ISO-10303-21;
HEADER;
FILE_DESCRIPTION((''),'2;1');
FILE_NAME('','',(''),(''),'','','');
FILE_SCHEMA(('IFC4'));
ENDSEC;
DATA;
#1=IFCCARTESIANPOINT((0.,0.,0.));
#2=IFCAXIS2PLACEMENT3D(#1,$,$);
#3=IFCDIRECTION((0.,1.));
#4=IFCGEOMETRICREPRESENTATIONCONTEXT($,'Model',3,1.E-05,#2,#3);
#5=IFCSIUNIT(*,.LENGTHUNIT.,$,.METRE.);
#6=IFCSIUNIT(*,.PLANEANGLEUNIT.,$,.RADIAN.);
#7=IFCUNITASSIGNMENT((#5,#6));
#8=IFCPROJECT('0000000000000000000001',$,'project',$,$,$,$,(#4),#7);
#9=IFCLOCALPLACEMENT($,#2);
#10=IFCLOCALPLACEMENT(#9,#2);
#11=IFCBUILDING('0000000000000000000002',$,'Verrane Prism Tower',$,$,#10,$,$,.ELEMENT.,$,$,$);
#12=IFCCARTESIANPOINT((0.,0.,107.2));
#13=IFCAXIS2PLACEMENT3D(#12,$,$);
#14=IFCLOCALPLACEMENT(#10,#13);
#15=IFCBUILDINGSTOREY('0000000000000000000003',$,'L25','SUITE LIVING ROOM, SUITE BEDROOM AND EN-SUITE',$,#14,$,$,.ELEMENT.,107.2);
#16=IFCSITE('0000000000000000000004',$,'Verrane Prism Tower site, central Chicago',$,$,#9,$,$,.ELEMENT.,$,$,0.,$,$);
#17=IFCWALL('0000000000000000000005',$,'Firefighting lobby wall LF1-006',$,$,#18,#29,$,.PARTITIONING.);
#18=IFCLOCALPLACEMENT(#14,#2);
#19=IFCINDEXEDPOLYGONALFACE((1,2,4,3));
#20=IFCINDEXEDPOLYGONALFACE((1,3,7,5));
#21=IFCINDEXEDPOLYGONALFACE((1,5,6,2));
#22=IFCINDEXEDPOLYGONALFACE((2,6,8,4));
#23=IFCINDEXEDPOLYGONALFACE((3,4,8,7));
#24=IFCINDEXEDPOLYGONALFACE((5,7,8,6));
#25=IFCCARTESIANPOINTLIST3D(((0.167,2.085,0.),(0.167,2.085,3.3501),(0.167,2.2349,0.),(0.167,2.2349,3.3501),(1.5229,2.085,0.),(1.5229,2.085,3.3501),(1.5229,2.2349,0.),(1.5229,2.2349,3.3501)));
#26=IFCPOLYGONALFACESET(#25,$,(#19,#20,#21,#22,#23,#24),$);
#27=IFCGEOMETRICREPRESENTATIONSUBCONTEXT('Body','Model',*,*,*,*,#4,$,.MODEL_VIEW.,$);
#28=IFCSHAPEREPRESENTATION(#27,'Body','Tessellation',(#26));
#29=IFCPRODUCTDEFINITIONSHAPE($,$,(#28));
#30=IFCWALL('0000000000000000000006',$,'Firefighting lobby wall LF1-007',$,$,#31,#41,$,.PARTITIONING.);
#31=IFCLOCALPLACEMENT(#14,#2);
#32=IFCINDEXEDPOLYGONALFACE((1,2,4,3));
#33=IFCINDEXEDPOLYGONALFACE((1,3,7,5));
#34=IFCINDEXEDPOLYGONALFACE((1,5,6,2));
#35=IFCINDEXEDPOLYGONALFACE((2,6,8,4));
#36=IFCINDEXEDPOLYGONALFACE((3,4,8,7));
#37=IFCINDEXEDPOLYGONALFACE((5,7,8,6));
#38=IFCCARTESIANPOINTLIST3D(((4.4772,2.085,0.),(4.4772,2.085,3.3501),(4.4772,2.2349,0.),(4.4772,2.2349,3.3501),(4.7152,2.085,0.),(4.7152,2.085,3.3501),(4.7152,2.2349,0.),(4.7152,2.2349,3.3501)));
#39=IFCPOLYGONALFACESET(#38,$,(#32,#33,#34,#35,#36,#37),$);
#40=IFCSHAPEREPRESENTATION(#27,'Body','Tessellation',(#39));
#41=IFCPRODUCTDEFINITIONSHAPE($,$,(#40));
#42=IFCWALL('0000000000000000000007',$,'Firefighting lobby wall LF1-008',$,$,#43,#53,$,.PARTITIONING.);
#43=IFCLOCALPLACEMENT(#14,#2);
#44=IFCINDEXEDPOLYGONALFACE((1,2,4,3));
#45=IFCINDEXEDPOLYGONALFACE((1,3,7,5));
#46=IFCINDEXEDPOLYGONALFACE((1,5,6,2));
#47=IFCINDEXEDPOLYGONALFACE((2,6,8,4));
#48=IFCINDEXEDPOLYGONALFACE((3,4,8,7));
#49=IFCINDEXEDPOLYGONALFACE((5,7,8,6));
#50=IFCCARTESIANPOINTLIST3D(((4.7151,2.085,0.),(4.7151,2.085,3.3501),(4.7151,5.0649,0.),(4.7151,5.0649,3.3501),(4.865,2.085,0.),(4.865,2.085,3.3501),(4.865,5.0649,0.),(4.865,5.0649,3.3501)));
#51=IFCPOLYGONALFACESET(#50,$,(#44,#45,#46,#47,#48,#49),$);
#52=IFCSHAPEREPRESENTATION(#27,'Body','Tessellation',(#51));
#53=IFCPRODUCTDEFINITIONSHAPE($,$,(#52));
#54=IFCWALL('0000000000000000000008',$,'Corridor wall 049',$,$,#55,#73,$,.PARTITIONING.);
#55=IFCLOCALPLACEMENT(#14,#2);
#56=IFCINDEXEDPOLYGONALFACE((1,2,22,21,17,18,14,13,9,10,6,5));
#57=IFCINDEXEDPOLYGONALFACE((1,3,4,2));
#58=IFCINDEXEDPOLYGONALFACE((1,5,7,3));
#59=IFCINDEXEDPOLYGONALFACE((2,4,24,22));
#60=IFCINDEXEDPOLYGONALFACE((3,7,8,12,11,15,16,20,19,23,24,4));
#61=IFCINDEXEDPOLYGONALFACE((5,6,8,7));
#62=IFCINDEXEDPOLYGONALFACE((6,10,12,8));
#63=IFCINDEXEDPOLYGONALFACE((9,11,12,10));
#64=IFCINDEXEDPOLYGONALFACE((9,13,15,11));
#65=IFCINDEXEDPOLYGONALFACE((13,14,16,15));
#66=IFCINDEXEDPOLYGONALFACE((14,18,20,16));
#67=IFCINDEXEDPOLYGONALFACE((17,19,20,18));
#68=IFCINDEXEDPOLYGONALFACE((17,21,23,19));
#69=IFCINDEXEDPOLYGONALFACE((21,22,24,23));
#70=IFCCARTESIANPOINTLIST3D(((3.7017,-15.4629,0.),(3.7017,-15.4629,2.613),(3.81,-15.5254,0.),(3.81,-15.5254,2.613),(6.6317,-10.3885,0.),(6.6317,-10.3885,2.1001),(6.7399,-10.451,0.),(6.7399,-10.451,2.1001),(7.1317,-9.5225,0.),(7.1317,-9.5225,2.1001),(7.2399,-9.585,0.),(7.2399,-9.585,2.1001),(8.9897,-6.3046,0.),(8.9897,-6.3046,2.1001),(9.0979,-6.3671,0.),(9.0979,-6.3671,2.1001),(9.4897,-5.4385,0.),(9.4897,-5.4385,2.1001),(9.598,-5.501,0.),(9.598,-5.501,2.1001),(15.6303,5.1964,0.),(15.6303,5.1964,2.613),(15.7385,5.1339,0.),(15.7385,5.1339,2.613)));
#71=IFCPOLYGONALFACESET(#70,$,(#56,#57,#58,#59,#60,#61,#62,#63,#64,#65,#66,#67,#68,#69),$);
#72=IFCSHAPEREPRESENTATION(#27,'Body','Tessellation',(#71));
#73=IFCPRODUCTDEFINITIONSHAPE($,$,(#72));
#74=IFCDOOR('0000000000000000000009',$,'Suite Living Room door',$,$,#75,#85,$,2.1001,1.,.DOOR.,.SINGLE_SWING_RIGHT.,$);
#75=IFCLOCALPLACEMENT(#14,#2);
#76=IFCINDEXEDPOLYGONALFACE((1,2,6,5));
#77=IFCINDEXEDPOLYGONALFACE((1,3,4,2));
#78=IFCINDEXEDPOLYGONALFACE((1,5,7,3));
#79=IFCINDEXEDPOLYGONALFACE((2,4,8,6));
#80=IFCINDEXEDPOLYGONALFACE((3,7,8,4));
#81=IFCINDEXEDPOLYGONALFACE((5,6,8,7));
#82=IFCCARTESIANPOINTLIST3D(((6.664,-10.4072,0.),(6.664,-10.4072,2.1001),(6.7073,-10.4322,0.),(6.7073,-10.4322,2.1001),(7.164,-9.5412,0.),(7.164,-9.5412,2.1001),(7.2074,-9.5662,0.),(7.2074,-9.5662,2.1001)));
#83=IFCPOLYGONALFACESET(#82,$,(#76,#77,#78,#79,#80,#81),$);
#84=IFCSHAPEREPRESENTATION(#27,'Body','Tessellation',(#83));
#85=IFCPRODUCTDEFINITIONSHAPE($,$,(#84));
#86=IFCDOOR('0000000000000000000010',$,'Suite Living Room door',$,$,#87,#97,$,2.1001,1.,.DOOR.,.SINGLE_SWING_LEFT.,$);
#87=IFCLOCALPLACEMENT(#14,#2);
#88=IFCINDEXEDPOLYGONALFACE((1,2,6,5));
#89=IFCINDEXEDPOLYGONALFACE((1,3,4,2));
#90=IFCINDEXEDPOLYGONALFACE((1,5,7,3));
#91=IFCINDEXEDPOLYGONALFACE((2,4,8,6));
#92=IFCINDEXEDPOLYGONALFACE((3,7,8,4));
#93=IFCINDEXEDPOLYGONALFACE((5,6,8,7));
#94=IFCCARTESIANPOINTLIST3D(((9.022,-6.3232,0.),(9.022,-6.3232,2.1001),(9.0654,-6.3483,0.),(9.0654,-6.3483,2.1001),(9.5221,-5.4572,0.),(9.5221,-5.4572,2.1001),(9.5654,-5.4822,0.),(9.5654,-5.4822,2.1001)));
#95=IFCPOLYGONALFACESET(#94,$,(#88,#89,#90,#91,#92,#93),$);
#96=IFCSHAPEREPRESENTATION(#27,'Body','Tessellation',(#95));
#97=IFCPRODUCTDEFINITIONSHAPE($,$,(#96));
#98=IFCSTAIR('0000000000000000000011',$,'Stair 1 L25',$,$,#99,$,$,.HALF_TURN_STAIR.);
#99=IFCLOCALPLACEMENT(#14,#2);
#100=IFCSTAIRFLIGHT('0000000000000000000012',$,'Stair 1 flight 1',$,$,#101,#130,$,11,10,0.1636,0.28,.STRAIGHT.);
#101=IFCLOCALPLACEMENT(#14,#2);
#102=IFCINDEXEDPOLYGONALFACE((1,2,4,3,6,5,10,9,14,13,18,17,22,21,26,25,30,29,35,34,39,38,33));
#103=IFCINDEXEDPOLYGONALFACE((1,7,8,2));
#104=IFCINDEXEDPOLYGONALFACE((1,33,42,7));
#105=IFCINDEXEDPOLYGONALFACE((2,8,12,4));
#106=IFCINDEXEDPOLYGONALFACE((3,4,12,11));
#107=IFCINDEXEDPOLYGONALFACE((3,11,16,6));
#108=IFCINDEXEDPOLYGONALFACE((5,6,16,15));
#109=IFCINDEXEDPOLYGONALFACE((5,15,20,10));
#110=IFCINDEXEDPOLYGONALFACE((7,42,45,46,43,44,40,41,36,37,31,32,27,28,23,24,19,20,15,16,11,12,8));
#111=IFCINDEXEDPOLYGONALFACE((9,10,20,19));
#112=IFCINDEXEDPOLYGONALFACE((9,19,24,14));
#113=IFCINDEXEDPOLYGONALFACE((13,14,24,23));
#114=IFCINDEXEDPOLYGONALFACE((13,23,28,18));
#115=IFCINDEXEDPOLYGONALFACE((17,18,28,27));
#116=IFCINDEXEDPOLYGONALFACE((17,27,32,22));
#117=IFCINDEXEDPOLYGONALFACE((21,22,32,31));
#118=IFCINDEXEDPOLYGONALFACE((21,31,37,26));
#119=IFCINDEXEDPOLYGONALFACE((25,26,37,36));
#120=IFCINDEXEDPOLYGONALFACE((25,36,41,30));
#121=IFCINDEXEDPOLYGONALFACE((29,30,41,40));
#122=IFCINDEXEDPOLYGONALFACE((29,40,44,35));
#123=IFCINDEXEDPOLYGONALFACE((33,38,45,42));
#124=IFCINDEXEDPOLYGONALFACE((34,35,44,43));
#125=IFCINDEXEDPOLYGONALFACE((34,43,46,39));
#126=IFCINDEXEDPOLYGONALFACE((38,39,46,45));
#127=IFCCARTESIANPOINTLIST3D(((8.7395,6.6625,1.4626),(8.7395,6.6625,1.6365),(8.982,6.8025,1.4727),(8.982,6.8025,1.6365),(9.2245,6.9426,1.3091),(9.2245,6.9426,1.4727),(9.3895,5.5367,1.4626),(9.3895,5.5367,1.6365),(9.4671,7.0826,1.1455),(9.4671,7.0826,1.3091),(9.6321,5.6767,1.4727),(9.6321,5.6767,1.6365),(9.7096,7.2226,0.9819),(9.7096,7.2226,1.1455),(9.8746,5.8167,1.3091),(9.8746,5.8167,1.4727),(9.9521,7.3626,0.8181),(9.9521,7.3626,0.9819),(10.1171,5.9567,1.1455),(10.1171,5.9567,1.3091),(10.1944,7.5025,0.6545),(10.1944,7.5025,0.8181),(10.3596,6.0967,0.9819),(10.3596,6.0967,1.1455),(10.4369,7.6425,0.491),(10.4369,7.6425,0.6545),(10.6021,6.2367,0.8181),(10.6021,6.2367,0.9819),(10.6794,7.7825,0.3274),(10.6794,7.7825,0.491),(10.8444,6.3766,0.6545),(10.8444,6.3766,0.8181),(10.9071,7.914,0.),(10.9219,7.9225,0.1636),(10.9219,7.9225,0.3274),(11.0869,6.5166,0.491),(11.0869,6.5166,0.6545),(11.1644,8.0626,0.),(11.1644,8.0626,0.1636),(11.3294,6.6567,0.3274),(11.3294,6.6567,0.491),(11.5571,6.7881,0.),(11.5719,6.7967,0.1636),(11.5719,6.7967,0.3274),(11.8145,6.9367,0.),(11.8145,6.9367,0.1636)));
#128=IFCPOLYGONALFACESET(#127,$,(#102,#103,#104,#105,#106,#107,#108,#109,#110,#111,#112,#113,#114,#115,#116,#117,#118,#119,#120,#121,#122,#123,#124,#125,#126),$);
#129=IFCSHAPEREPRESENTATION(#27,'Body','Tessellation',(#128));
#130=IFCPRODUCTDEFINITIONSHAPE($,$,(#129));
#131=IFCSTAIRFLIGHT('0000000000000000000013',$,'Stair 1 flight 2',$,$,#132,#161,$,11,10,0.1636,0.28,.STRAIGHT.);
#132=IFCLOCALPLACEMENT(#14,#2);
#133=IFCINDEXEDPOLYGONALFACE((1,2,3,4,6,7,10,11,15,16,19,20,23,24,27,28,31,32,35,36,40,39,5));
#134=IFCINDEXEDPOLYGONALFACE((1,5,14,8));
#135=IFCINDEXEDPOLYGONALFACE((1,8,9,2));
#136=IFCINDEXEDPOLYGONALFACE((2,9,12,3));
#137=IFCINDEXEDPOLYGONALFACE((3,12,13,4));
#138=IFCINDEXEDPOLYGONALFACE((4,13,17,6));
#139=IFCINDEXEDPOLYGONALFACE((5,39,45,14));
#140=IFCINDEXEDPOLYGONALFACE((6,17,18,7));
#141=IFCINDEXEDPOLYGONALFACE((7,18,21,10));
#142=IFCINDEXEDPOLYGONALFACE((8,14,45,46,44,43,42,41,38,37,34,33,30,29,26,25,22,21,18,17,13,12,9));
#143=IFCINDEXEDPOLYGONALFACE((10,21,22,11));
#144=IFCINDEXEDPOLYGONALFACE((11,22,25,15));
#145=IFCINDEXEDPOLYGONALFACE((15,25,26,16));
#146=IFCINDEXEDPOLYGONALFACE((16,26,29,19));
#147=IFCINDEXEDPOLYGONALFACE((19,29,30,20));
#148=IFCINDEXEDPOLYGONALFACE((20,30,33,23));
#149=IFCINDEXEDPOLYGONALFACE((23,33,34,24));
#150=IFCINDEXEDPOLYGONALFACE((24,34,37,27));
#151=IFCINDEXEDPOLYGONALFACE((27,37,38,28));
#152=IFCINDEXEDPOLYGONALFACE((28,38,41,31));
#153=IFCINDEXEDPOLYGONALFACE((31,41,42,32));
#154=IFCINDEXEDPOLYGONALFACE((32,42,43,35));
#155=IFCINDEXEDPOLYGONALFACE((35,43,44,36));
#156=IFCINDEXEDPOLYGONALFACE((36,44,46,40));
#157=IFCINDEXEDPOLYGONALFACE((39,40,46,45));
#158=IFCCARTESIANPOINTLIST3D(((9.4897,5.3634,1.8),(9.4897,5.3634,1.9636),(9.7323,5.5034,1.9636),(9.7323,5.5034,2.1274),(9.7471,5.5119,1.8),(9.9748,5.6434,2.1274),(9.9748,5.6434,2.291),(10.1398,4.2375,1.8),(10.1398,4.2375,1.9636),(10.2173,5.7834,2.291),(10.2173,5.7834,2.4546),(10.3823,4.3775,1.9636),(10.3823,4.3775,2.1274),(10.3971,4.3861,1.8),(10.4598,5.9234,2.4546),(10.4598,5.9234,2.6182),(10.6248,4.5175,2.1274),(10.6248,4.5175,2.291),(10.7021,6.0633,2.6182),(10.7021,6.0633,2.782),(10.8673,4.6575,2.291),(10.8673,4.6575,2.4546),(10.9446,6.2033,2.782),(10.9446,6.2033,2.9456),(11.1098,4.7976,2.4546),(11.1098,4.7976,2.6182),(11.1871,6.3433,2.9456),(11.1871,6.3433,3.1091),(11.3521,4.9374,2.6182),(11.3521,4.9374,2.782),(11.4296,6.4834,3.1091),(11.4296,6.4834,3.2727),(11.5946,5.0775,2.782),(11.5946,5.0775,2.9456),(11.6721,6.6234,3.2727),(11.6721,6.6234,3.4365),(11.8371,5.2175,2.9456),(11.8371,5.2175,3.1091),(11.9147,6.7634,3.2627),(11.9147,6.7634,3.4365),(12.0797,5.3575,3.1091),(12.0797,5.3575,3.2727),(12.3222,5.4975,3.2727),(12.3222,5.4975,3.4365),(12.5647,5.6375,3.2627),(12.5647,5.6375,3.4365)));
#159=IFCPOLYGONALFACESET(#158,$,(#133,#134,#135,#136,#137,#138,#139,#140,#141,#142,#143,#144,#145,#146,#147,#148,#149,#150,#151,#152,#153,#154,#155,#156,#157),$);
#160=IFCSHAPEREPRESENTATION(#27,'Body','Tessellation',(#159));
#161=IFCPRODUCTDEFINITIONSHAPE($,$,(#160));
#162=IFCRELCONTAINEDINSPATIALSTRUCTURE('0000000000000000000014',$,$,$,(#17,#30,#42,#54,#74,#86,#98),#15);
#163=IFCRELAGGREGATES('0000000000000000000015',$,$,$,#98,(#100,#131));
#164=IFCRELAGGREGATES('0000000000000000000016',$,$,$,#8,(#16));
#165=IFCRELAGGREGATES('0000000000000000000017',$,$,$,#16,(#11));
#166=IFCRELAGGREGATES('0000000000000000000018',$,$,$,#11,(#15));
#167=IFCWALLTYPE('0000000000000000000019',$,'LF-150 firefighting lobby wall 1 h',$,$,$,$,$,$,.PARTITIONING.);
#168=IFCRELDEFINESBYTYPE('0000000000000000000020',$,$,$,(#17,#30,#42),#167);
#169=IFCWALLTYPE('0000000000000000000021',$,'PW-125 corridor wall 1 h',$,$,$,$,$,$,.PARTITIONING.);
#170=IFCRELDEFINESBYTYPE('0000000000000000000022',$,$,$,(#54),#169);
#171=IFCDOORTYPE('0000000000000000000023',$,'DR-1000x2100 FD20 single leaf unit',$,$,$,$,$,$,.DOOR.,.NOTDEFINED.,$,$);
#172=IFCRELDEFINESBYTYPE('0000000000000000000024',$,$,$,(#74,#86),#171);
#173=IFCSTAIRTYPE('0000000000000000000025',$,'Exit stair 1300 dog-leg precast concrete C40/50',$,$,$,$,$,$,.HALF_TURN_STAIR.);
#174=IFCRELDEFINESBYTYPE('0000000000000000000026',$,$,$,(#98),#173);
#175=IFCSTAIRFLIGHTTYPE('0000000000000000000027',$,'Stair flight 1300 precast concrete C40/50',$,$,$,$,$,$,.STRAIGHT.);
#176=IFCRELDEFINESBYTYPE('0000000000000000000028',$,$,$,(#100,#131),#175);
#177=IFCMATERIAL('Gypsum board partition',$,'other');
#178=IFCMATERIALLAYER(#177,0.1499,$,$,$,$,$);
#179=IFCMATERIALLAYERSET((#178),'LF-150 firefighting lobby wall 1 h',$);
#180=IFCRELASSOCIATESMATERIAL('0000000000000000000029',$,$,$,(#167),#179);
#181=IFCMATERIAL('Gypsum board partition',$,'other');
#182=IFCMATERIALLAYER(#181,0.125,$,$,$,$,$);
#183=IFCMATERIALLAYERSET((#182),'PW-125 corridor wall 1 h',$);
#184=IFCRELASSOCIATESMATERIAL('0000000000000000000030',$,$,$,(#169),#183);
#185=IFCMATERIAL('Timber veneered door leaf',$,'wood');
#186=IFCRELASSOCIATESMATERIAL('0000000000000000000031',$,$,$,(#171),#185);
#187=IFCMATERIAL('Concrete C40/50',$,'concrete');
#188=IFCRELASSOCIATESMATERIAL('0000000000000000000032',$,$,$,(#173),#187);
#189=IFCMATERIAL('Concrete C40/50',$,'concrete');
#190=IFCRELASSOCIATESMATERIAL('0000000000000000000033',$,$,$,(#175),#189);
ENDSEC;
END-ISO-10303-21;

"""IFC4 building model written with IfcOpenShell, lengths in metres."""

from ifc_helpers import new_model, si_unit, direction, frame, frame_2d, origin, place, context, subcontext, project, spatial, polyline, rectangle, outline, extrude, material, layer, layer_set, type_object, element, fill, aggregate, save


model = new_model("IFC4")

# Units and contexts
model_context = context("Model", 3, precision=1e-05, world=origin(), true_north=direction((0.0, 1.0)))
body_context = subcontext(model_context, "Body", "Model", "MODEL_VIEW")
ifc_project = project(units=[si_unit("LENGTHUNIT", "METRE"), si_unit("PLANEANGLEUNIT", "RADIAN")], contexts=[model_context])

# Site, building, storey
site_placement = place(None, origin())
site = spatial("IfcSite", under=ifc_project, at=site_placement, Name="Verrane Prism Tower site, central Chicago", CompositionType="ELEMENT", RefElevation=0.0)
building_placement = place(site_placement, origin())
building = spatial("IfcBuilding", under=site, at=building_placement, Name="Verrane Prism Tower", CompositionType="ELEMENT")
storey_placement = place(building_placement, frame((0.0, 0.0, 107.2)))
storey = spatial("IfcBuildingStorey", under=building, at=storey_placement, Name="L25", Description="SUITE LIVING ROOM, SUITE BEDROOM AND EN-SUITE", CompositionType="ELEMENT", Elevation=107.2)

# Walls
ifc_material_1 = material(Name="Gypsum board partition", Category="other")
ifc_layer_1 = layer(ifc_material_1, 0.1499)
ifc_layer_set_1 = layer_set([ifc_layer_1], Name="LF-150 firefighting lobby wall 1 h")
wall_type_1 = type_object("IfcWallType", Name="LF-150 firefighting lobby wall 1 h", PredefinedType="PARTITIONING", material=ifc_layer_set_1)
wall_1_placement = place(storey_placement, frame((0.167, 2.1599, 0.0), z_axis=(0.0, 0.0, 1.0), x_axis=(1.0, 0.0, 0.0)))
element("IfcWall", 1, at=wall_1_placement, inside=storey, type_object=wall_type_1, Name="Firefighting lobby wall LF1-006", PredefinedType="PARTITIONING", context=body_context, shape_type="SweptSolid", body=[
    extrude(rectangle(XDim=1.356, YDim=0.1499, at=frame_2d((0.678, 0.0))), origin(), (0.0, 0.0, 1.0), 3.3501),
])
wall_2_placement = place(storey_placement, frame((4.4771, 2.1599, 0.0), z_axis=(0.0, 0.0, 1.0), x_axis=(1.0, 0.0, 0.0)))
element("IfcWall", 2, at=wall_2_placement, inside=storey, type_object=wall_type_1, Name="Firefighting lobby wall LF1-007", PredefinedType="PARTITIONING", context=body_context, shape_type="SweptSolid", body=[
    extrude(rectangle(XDim=0.238, YDim=0.1499, at=frame_2d((0.1191, 0.0))), origin(), (0.0, 0.0, 1.0), 3.3501),
])
wall_3_placement = place(storey_placement, frame((4.79, 2.085, 0.0), z_axis=(0.0, 0.0, 1.0), x_axis=(0.0, 1.0, 0.0)))
element("IfcWall", 3, at=wall_3_placement, inside=storey, type_object=wall_type_1, Name="Firefighting lobby wall LF1-008", PredefinedType="PARTITIONING", context=body_context, shape_type="SweptSolid", body=[
    extrude(rectangle(XDim=2.98, YDim=0.1499, at=frame_2d((1.49, 0.0))), origin(), (0.0, 0.0, 1.0), 3.3501),
])

# Wall, openings, doors
ifc_material_2 = material(Name="Gypsum board partition", Category="other")
ifc_layer_2 = layer(ifc_material_2, 0.125)
ifc_layer_set_2 = layer_set([ifc_layer_2], Name="PW-125 corridor wall 1 h")
wall_type_2 = type_object("IfcWallType", Name="PW-125 corridor wall 1 h", PredefinedType="PARTITIONING", material=ifc_layer_set_2)
wall_4_placement = place(storey_placement, frame((15.6843, 5.165, 0.0), z_axis=(0.0, 0.0, 1.0), x_axis=(-0.500028, -0.866009, 0.0)))
wall_4 = element("IfcWall", 4, at=wall_4_placement, inside=storey, type_object=wall_type_2, Name="Corridor wall 049", PredefinedType="PARTITIONING", context=body_context, shape_type="SweptSolid", body=[
    extrude(rectangle(XDim=23.8557, YDim=0.125, at=frame_2d((11.9277, 0.0))), origin(), (0.0, 0.0, 1.0), 2.613),
])
opening_1_placement = place(wall_4_placement, frame((16.9961, 0.0, 0.0)))
opening_1 = element("IfcOpeningElement", 5, at=opening_1_placement, cuts=wall_4, PredefinedType="OPENING", context=body_context, shape_type="SweptSolid", body=[
    extrude(rectangle(XDim=1.0, YDim=2.1001, at=frame_2d((0.5, 1.05))), frame((0.0, 0.0725, 0.0), z_axis=(0.0, -1.0, 0.0), x_axis=(1.0, 0.0, 0.0)), (0.0, 0.0, 1.0), 0.145),
])
opening_2_placement = place(wall_4_placement, frame((12.2803, 0.0, 0.0)))
opening_2 = element("IfcOpeningElement", 6, at=opening_2_placement, cuts=wall_4, PredefinedType="OPENING", context=body_context, shape_type="SweptSolid", body=[
    extrude(rectangle(XDim=1.0, YDim=2.1001, at=frame_2d((0.5, 1.05))), frame((0.0, 0.0725, 0.0), z_axis=(0.0, -1.0, 0.0), x_axis=(1.0, 0.0, 0.0)), (0.0, 0.0, 1.0), 0.145),
])
ifc_material_3 = material(Name="Timber veneered door leaf", Category="wood")
door_type_1 = type_object("IfcDoorType", Name="DR-1000x2100 FD20 single leaf unit", OperationType="NOTDEFINED", PredefinedType="DOOR", material=ifc_material_3)
door_1_placement = place(opening_1_placement, origin())
door_1 = element("IfcDoor", 7, at=door_1_placement, inside=storey, type_object=door_type_1, Name="Suite Living Room door", OperationType="SINGLE_SWING_RIGHT", OverallHeight=2.1001, OverallWidth=1.0, PredefinedType="DOOR", context=body_context, shape_type="SweptSolid", body=[
    extrude(rectangle(XDim=1.0, YDim=2.1001, at=frame_2d((0.5, 1.05))), frame((0.0, 0.0249, 0.0), z_axis=(0.0, -1.0, 0.0), x_axis=(1.0, 0.0, 0.0)), (0.0, 0.0, 1.0), 0.05),
])
fill(opening_1, door_1)
door_2_placement = place(opening_2_placement, origin())
door_2 = element("IfcDoor", 8, at=door_2_placement, inside=storey, type_object=door_type_1, Name="Suite Living Room door", OperationType="SINGLE_SWING_LEFT", OverallHeight=2.1001, OverallWidth=1.0, PredefinedType="DOOR", context=body_context, shape_type="SweptSolid", body=[
    extrude(rectangle(XDim=1.0, YDim=2.1001, at=frame_2d((0.5, 1.05))), frame((0.0, 0.0249, 0.0), z_axis=(0.0, -1.0, 0.0), x_axis=(1.0, 0.0, 0.0)), (0.0, 0.0, 1.0), 0.05),
])
fill(opening_2, door_2)

# Stair, stair flights
ifc_material_4 = material(Name="Concrete C40/50", Category="concrete")
stair_type = type_object("IfcStairType", Name="Exit stair 1300 dog-leg precast concrete C40/50", PredefinedType="HALF_TURN_STAIR", material=ifc_material_4)
stair_placement = place(storey_placement, origin())
stair = element("IfcStair", 9, at=stair_placement, inside=storey, type_object=stair_type, Name="Stair 1 L25", PredefinedType="HALF_TURN_STAIR")
ifc_material_5 = material(Name="Concrete C40/50", Category="concrete")
stair_flight_type = type_object("IfcStairFlightType", Name="Stair flight 1300 precast concrete C40/50", PredefinedType="STRAIGHT", material=ifc_material_5)
stair_flight_1_placement = place(storey_placement, frame((11.4895, 7.4995, 0.0), z_axis=(0.0, 0.0, 1.0), x_axis=(-0.866025, -0.5, 0.0)))
stair_flight_1 = element("IfcStairFlight", 10, at=stair_flight_1_placement, type_object=stair_flight_type, Name="Stair 1 flight 1", NumberOfRisers=11, NumberOfTreads=10, PredefinedType="STRAIGHT", RiserHeight=0.1636, TreadLength=0.28, context=body_context, shape_type="SweptSolid", body=[
    extrude(outline(polyline([(0.0, 0.0), (0.0, 0.1636), (0.28, 0.1636), (0.28, 0.3274), (0.5601, 0.3274), (0.5601, 0.491), (0.8401, 0.491), (0.8401, 0.6545), (1.1201, 0.6545), (1.1201, 0.8181), (1.3999, 0.8181), (1.3999, 0.9819), (1.6799, 0.9819), (1.6799, 1.1455), (1.96, 1.1455), (1.96, 1.3091), (2.24, 1.3091), (2.24, 1.4727), (2.52, 1.4727), (2.52, 1.6365), (2.8, 1.6365), (2.8, 1.8), (2.8, 1.4626), (0.2971, 0.0), (0.0, 0.0)])), frame((0.0, 0.6499, 0.0), z_axis=(0.0, -1.0, 0.0), x_axis=(1.0, 0.0, 0.0)), (0.0, 0.0, 1.0), 1.3),
])
stair_flight_2_placement = place(storey_placement, frame((9.8147, 4.8005, 1.8), z_axis=(0.0, 0.0, 1.0), x_axis=(0.866025, 0.5, 0.0)))
stair_flight_2 = element("IfcStairFlight", 11, at=stair_flight_2_placement, type_object=stair_flight_type, Name="Stair 1 flight 2", NumberOfRisers=11, NumberOfTreads=10, PredefinedType="STRAIGHT", RiserHeight=0.1636, TreadLength=0.28, context=body_context, shape_type="SweptSolid", body=[
    extrude(outline(polyline([(0.0, 0.0), (0.0, 0.1636), (0.28, 0.1636), (0.28, 0.3274), (0.5601, 0.3274), (0.5601, 0.491), (0.8401, 0.491), (0.8401, 0.6545), (1.1201, 0.6545), (1.1201, 0.8181), (1.3999, 0.8181), (1.3999, 0.9819), (1.6799, 0.9819), (1.6799, 1.1455), (1.96, 1.1455), (1.96, 1.3091), (2.24, 1.3091), (2.24, 1.4727), (2.52, 1.4727), (2.52, 1.6365), (2.8, 1.6365), (2.8, 1.8), (2.8, 1.4626), (0.2971, 0.0), (0.0, 0.0)])), frame((0.0, 0.6499, 0.0), z_axis=(0.0, -1.0, 0.0), x_axis=(1.0, 0.0, 0.0)), (0.0, 0.0, 1.0), 1.3),
])
aggregate(stair, [stair_flight_1, stair_flight_2])

save(model, "model.ifc")
